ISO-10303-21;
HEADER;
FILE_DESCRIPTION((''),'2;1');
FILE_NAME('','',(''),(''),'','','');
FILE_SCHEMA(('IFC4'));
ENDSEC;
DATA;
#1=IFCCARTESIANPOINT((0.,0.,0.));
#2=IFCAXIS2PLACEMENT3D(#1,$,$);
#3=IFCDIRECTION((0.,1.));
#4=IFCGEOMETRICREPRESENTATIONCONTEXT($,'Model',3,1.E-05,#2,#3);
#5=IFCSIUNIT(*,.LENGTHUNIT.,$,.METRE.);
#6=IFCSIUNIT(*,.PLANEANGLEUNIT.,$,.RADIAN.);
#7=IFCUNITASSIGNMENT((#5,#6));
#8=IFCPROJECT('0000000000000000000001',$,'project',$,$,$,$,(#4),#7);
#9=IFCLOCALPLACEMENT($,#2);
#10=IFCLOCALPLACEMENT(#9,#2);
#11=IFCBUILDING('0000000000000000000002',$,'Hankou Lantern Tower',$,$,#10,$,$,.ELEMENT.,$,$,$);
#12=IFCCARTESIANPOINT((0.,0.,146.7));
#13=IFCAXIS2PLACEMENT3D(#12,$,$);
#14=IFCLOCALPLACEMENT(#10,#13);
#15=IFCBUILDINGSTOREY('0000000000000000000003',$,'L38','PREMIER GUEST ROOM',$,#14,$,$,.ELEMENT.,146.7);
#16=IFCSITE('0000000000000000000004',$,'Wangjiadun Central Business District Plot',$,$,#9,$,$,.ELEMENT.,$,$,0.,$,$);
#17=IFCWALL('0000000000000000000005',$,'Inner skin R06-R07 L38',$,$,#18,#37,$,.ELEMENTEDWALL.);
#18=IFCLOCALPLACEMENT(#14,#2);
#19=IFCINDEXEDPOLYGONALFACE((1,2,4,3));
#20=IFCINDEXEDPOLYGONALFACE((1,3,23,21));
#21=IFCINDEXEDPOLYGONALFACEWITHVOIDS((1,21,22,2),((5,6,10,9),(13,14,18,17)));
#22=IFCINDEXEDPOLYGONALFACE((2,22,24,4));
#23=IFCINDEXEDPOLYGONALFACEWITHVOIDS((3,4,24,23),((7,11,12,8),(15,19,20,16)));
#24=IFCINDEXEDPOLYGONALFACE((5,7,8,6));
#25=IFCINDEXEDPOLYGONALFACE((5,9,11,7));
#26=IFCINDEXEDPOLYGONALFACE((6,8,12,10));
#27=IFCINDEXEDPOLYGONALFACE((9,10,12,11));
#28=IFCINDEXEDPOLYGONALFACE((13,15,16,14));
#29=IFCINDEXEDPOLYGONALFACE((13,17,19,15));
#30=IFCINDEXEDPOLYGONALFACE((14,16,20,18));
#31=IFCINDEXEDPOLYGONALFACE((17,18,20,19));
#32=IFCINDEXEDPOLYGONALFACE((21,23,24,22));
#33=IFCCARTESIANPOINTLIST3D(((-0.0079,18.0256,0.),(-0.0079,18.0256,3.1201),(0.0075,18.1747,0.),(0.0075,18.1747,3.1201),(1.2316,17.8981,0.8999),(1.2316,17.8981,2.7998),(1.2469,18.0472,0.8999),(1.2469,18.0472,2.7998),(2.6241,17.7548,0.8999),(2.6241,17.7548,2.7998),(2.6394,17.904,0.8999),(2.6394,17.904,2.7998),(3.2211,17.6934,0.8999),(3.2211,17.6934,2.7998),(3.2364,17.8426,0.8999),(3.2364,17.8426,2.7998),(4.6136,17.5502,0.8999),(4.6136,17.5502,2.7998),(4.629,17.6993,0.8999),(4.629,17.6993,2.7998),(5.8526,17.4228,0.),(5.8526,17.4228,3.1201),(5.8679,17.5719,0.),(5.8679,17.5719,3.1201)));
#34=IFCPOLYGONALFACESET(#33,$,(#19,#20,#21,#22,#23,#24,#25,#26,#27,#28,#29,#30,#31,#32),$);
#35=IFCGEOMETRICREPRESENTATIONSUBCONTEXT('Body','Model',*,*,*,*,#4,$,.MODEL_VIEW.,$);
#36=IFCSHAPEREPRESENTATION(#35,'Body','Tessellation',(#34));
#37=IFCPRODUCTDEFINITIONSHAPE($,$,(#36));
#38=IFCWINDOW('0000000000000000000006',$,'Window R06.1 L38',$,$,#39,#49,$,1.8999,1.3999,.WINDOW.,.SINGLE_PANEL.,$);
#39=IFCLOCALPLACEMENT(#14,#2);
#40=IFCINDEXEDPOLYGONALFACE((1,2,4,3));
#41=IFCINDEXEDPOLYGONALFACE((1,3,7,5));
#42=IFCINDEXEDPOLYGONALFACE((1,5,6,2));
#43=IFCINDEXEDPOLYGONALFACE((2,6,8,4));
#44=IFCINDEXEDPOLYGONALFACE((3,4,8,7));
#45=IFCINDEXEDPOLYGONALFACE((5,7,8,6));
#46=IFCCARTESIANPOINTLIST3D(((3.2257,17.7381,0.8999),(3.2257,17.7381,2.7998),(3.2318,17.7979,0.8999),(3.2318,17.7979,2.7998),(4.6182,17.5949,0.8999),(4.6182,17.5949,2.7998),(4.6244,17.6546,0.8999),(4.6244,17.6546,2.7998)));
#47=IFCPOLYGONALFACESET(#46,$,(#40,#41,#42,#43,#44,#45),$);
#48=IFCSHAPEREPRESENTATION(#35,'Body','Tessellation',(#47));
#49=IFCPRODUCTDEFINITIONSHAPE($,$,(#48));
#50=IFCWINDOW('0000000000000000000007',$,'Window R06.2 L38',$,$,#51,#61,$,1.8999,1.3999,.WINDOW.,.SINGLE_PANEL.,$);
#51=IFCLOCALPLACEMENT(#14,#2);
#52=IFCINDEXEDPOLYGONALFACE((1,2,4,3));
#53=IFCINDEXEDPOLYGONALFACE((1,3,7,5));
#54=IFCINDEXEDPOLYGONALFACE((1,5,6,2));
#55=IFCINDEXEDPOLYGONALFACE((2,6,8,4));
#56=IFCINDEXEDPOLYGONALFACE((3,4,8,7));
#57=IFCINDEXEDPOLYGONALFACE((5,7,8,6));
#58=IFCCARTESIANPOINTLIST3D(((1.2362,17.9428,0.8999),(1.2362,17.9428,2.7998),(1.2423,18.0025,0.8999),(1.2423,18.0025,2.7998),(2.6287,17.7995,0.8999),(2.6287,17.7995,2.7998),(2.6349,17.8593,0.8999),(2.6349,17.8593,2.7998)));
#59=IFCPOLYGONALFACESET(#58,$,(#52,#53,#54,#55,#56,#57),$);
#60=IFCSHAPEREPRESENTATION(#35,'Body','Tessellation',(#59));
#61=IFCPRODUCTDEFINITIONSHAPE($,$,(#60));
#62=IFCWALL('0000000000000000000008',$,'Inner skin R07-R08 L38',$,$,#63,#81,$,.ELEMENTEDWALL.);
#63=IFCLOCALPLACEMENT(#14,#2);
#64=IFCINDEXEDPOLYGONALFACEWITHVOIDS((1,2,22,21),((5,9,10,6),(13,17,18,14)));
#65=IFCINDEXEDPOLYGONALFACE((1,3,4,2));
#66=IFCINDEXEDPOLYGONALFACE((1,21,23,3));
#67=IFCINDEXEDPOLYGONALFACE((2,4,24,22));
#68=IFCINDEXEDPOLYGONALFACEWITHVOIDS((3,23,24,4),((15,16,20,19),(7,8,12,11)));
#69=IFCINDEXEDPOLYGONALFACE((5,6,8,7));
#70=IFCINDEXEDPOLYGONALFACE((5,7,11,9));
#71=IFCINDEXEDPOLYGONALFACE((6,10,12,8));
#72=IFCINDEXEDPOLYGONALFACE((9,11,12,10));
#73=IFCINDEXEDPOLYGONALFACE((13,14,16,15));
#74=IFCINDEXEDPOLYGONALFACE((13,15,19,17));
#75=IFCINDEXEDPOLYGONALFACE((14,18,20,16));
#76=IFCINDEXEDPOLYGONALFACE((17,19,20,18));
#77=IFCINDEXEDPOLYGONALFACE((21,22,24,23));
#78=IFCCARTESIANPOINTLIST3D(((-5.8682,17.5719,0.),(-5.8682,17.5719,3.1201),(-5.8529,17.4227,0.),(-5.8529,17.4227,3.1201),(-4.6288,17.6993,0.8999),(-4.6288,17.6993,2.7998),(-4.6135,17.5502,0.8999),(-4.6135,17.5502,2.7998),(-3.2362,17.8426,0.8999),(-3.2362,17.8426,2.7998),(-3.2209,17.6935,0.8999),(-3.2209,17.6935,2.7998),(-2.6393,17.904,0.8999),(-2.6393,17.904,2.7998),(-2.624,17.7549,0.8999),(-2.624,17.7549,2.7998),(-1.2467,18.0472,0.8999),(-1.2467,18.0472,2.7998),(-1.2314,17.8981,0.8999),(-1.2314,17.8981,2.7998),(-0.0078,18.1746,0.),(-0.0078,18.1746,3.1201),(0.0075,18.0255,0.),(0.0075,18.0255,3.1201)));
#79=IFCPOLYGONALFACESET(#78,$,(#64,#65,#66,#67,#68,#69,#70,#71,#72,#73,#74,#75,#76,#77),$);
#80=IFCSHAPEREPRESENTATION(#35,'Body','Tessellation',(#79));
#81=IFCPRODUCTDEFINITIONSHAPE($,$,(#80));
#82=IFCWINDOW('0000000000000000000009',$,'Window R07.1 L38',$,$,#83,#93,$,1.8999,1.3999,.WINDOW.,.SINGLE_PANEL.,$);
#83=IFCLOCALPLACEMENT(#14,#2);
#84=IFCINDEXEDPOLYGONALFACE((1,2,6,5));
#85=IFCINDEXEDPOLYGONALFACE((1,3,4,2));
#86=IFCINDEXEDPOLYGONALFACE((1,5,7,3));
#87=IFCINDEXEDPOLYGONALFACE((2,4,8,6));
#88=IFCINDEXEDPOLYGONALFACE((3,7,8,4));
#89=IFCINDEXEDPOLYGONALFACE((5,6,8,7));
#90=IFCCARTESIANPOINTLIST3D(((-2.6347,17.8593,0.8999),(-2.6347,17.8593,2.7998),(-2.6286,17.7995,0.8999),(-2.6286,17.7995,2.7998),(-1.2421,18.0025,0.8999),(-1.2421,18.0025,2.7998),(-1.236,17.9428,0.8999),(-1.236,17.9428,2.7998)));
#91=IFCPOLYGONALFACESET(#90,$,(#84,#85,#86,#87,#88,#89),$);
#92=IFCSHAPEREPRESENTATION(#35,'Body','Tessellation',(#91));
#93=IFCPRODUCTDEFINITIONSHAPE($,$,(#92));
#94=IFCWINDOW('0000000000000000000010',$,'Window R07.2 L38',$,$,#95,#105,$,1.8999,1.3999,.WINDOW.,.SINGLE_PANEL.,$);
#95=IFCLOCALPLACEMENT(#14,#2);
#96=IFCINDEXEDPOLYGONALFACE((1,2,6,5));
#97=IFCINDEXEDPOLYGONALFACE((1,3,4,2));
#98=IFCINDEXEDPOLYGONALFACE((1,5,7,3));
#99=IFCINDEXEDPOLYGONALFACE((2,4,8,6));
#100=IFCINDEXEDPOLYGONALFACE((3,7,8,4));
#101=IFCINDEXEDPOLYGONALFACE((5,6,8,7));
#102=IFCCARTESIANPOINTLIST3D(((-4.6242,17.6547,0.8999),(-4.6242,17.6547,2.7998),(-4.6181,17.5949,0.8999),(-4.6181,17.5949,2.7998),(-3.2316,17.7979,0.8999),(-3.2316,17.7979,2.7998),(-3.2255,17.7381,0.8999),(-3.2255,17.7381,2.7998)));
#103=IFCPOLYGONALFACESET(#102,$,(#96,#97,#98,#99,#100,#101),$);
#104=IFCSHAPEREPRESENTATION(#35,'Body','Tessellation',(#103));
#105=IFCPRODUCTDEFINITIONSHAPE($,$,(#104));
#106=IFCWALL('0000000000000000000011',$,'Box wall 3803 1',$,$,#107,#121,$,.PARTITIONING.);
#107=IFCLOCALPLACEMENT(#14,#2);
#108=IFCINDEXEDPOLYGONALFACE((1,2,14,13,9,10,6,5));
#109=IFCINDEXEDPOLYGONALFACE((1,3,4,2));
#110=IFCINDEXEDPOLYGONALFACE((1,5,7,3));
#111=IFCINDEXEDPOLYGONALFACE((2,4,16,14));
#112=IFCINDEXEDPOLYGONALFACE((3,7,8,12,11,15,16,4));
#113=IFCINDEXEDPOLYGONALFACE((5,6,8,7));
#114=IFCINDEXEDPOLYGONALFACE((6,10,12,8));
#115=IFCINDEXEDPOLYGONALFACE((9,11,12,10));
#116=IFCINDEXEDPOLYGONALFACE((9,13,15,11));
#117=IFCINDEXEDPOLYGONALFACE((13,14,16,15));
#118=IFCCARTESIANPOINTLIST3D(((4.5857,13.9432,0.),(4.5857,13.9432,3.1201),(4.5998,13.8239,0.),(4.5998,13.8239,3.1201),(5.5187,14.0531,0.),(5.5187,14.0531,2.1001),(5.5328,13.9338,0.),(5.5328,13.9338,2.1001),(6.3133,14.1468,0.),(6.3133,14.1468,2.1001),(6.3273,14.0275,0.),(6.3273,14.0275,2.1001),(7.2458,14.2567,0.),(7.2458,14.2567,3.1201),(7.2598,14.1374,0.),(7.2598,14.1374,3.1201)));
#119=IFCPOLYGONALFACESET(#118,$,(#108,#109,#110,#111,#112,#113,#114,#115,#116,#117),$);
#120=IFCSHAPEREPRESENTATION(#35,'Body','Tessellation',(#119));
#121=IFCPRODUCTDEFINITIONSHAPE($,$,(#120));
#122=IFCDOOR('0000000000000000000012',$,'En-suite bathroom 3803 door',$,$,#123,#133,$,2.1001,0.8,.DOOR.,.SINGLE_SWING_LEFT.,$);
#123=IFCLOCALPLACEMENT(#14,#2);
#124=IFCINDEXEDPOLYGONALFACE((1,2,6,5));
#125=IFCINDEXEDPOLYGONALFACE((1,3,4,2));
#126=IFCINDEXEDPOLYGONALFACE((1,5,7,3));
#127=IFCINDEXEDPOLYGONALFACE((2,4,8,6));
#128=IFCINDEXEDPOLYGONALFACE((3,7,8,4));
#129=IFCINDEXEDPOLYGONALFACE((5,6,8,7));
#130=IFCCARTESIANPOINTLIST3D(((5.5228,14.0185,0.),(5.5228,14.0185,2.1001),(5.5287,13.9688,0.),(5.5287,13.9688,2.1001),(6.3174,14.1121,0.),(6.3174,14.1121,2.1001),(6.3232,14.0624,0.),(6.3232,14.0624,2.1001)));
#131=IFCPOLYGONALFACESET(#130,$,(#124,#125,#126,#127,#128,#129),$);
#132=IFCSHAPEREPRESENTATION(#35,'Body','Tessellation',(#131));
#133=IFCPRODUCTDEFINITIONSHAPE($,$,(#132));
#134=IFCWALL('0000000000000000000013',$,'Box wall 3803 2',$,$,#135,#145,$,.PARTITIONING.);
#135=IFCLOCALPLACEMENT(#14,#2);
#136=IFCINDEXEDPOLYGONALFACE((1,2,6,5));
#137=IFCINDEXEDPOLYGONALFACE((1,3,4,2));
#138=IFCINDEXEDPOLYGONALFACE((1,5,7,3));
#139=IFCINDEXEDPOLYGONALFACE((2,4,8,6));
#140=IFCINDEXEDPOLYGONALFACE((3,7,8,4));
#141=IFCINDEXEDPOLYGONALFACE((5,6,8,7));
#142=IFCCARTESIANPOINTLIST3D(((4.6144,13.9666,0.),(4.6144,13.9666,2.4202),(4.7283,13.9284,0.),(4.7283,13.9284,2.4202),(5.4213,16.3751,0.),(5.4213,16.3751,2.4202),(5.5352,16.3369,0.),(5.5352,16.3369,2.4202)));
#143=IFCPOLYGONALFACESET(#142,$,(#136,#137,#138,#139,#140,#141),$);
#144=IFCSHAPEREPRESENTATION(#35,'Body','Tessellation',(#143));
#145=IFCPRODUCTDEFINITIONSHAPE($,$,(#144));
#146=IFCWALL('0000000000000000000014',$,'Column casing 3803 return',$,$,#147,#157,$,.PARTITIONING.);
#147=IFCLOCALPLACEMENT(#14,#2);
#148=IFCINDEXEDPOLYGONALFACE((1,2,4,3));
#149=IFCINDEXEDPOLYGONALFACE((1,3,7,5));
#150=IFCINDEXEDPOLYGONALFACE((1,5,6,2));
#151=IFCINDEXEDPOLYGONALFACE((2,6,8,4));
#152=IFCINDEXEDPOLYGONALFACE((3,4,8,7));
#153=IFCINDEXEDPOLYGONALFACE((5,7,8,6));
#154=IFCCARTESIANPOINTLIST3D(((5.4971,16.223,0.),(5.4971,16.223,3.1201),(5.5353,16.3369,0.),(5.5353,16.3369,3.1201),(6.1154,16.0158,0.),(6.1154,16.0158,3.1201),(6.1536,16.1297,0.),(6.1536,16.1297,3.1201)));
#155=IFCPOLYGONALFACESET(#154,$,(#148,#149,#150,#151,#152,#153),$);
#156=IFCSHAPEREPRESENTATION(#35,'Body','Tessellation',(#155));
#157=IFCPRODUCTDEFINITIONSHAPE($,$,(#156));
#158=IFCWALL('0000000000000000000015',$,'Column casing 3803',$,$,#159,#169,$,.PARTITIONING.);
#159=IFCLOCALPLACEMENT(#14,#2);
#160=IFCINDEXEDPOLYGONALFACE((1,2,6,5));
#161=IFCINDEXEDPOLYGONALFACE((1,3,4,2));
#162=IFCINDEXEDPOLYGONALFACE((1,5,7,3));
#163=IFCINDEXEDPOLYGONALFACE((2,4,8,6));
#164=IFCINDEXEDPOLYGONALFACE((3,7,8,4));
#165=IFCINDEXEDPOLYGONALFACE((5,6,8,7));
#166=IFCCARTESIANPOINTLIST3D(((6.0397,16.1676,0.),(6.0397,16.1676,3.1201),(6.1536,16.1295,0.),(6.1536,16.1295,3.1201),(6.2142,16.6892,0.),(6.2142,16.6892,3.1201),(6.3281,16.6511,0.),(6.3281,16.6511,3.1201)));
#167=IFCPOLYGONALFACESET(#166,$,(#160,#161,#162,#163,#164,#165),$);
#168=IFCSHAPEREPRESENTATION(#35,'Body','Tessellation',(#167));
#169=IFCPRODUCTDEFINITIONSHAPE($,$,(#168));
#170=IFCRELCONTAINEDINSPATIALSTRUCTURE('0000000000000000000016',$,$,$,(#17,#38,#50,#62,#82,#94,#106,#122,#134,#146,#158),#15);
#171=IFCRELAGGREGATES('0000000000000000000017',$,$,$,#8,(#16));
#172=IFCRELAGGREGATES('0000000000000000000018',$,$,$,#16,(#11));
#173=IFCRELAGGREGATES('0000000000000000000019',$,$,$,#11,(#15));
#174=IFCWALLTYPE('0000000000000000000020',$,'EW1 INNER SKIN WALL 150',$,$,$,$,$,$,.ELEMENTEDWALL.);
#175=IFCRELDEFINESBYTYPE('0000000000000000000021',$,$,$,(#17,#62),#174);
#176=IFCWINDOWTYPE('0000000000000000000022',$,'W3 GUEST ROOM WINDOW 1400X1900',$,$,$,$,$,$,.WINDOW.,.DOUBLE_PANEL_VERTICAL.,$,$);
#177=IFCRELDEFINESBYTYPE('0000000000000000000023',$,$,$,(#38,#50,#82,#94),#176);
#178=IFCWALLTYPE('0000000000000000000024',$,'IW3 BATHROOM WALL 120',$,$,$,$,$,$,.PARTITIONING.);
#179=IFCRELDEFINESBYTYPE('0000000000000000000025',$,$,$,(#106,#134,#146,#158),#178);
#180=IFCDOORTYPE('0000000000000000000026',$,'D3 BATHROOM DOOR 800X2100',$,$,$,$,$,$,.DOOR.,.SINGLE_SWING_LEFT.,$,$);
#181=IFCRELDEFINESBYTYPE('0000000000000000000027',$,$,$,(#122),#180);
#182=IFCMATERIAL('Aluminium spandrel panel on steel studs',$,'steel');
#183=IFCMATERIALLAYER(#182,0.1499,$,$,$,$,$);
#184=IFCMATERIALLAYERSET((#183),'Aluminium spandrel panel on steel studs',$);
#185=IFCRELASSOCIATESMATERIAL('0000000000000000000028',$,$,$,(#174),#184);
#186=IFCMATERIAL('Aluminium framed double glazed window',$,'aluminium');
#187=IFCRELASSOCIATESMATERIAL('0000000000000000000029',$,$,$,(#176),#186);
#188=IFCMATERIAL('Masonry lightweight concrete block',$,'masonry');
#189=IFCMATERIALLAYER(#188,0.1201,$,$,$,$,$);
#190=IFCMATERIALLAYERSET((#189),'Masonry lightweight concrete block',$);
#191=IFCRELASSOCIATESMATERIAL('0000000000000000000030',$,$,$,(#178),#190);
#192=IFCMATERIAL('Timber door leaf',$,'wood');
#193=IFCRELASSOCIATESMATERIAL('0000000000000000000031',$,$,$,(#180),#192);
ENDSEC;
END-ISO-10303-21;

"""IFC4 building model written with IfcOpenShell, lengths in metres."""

from ifc_helpers import new_model, si_unit, direction, frame, frame_2d, origin, place, context, subcontext, project, spatial, rectangle, extrude, material, layer, layer_set, type_object, element, fill, save


model = new_model("IFC4")

# Units and contexts
model_context = context("Model", 3, precision=1e-05, world=origin(), true_north=direction((0.0, 1.0)))
body_context = subcontext(model_context, "Body", "Model", "MODEL_VIEW")
ifc_project = project(units=[si_unit("LENGTHUNIT", "METRE"), si_unit("PLANEANGLEUNIT", "RADIAN")], contexts=[model_context])

# Site, building, storey
site_placement = place(None, origin())
site = spatial("IfcSite", under=ifc_project, at=site_placement, Name="Wangjiadun Central Business District Plot", CompositionType="ELEMENT", RefElevation=0.0)
building_placement = place(site_placement, origin())
building = spatial("IfcBuilding", under=site, at=building_placement, Name="Hankou Lantern Tower", CompositionType="ELEMENT")
storey_placement = place(building_placement, frame((0.0, 0.0, 146.7)))
storey = spatial("IfcBuildingStorey", under=building, at=storey_placement, Name="L38", Description="PREMIER GUEST ROOM", CompositionType="ELEMENT", Elevation=146.7)

# Walls, openings, windows
ifc_material_1 = material(Name="Aluminium spandrel panel on steel studs", Category="steel")
ifc_layer_1 = layer(ifc_material_1, 0.1499)
ifc_layer_set_1 = layer_set([ifc_layer_1], Name="Aluminium spandrel panel on steel studs")
wall_type_1 = type_object("IfcWallType", Name="EW1 INNER SKIN WALL 150", PredefinedType="ELEMENTEDWALL", material=ifc_layer_set_1)
ifc_material_2 = material(Name="Aluminium framed double glazed window", Category="aluminium")
window_type = type_object("IfcWindowType", Name="W3 GUEST ROOM WINDOW 1400X1900", PartitioningType="DOUBLE_PANEL_VERTICAL", PredefinedType="WINDOW", material=ifc_material_2)
wall_1_placement = place(storey_placement, frame((5.8604, 17.4973, 0.0), z_axis=(0.0, 0.0, 1.0), x_axis=(-0.994752, 0.102318, 0.0)))
wall_1 = element("IfcWall", 1, at=wall_1_placement, inside=storey, type_object=wall_type_1, Name="Inner skin R06-R07 L38", PredefinedType="ELEMENTEDWALL", context=body_context, shape_type="SweptSolid", body=[
    extrude(rectangle(XDim=5.8914, YDim=0.1499, at=frame_2d((2.9458, 0.0))), origin(), (0.0, 0.0, 1.0), 3.1201),
])
opening_1_placement = place(wall_1_placement, frame((1.2456, 0.0, 0.8999)))
opening_1 = element("IfcOpeningElement", 2, at=opening_1_placement, cuts=wall_1, PredefinedType="OPENING", context=body_context, shape_type="SweptSolid", body=[
    extrude(rectangle(XDim=1.3999, YDim=1.8999, at=frame_2d((0.7, 0.95))), frame((0.0, 0.085, 0.0), z_axis=(0.0, -1.0, 0.0), x_axis=(1.0, 0.0, 0.0)), (0.0, 0.0, 1.0), 0.1699),
])
opening_2_placement = place(wall_1_placement, frame((3.2456, 0.0, 0.8999)))
opening_2 = element("IfcOpeningElement", 3, at=opening_2_placement, cuts=wall_1, PredefinedType="OPENING", context=body_context, shape_type="SweptSolid", body=[
    extrude(rectangle(XDim=1.3999, YDim=1.8999, at=frame_2d((0.7, 0.95))), frame((0.0, 0.085, 0.0), z_axis=(0.0, -1.0, 0.0), x_axis=(1.0, 0.0, 0.0)), (0.0, 0.0, 1.0), 0.1699),
])
window_1_placement = place(opening_1_placement, origin())
window_1 = element("IfcWindow", 4, at=window_1_placement, inside=storey, type_object=window_type, Name="Window R06.1 L38", OverallHeight=1.8999, OverallWidth=1.3999, PartitioningType="SINGLE_PANEL", PredefinedType="WINDOW", context=body_context, shape_type="SweptSolid", body=[
    extrude(rectangle(XDim=1.3999, YDim=1.8999, at=frame_2d((0.7, 0.95))), frame((0.0, 0.03, 0.0), z_axis=(0.0, -1.0, 0.0), x_axis=(1.0, 0.0, 0.0)), (0.0, 0.0, 1.0), 0.0601),
])
fill(opening_1, window_1)
window_2_placement = place(opening_2_placement, origin())
window_2 = element("IfcWindow", 5, at=window_2_placement, inside=storey, type_object=window_type, Name="Window R06.2 L38", OverallHeight=1.8999, OverallWidth=1.3999, PartitioningType="SINGLE_PANEL", PredefinedType="WINDOW", context=body_context, shape_type="SweptSolid", body=[
    extrude(rectangle(XDim=1.3999, YDim=1.8999, at=frame_2d((0.7, 0.95))), frame((0.0, 0.03, 0.0), z_axis=(0.0, -1.0, 0.0), x_axis=(1.0, 0.0, 0.0)), (0.0, 0.0, 1.0), 0.0601),
])
fill(opening_2, window_2)
wall_2_placement = place(storey_placement, frame((0.0, 18.1001, 0.0), z_axis=(0.0, 0.0, 1.0), x_axis=(-0.994752, -0.102318, 0.0)))
wall_2 = element("IfcWall", 6, at=wall_2_placement, inside=storey, type_object=wall_type_1, Name="Inner skin R07-R08 L38", PredefinedType="ELEMENTEDWALL", context=body_context, shape_type="SweptSolid", body=[
    extrude(rectangle(XDim=5.8914, YDim=0.1499, at=frame_2d((2.9458, 0.0))), origin(), (0.0, 0.0, 1.0), 3.1201),
])
opening_3_placement = place(wall_2_placement, frame((1.2456, 0.0, 0.8999)))
opening_3 = element("IfcOpeningElement", 7, at=opening_3_placement, cuts=wall_2, PredefinedType="OPENING", context=body_context, shape_type="SweptSolid", body=[
    extrude(rectangle(XDim=1.3999, YDim=1.8999, at=frame_2d((0.7, 0.95))), frame((0.0, 0.085, 0.0), z_axis=(0.0, -1.0, 0.0), x_axis=(1.0, 0.0, 0.0)), (0.0, 0.0, 1.0), 0.1699),
])
opening_4_placement = place(wall_2_placement, frame((3.2456, 0.0, 0.8999)))
opening_4 = element("IfcOpeningElement", 8, at=opening_4_placement, cuts=wall_2, PredefinedType="OPENING", context=body_context, shape_type="SweptSolid", body=[
    extrude(rectangle(XDim=1.3999, YDim=1.8999, at=frame_2d((0.7, 0.95))), frame((0.0, 0.085, 0.0), z_axis=(0.0, -1.0, 0.0), x_axis=(1.0, 0.0, 0.0)), (0.0, 0.0, 1.0), 0.1699),
])
window_3_placement = place(opening_3_placement, origin())
window_3 = element("IfcWindow", 9, at=window_3_placement, inside=storey, type_object=window_type, Name="Window R07.1 L38", OverallHeight=1.8999, OverallWidth=1.3999, PartitioningType="SINGLE_PANEL", PredefinedType="WINDOW", context=body_context, shape_type="SweptSolid", body=[
    extrude(rectangle(XDim=1.3999, YDim=1.8999, at=frame_2d((0.7, 0.95))), frame((0.0, 0.03, 0.0), z_axis=(0.0, -1.0, 0.0), x_axis=(1.0, 0.0, 0.0)), (0.0, 0.0, 1.0), 0.0601),
])
fill(opening_3, window_3)
window_4_placement = place(opening_4_placement, origin())
window_4 = element("IfcWindow", 10, at=window_4_placement, inside=storey, type_object=window_type, Name="Window R07.2 L38", OverallHeight=1.8999, OverallWidth=1.3999, PartitioningType="SINGLE_PANEL", PredefinedType="WINDOW", context=body_context, shape_type="SweptSolid", body=[
    extrude(rectangle(XDim=1.3999, YDim=1.8999, at=frame_2d((0.7, 0.95))), frame((0.0, 0.03, 0.0), z_axis=(0.0, -1.0, 0.0), x_axis=(1.0, 0.0, 0.0)), (0.0, 0.0, 1.0), 0.0601),
])
fill(opening_4, window_4)

# Wall, opening, door
ifc_material_3 = material(Name="Masonry lightweight concrete block", Category="masonry")
ifc_layer_2 = layer(ifc_material_3, 0.1201)
ifc_layer_set_2 = layer_set([ifc_layer_2], Name="Masonry lightweight concrete block")
wall_type_2 = type_object("IfcWallType", Name="IW3 BATHROOM WALL 120", PredefinedType="PARTITIONING", material=ifc_layer_set_2)
wall_3_placement = place(storey_placement, frame((7.2529, 14.197, 0.0), z_axis=(0.0, 0.0, 1.0), x_axis=(-0.993128, -0.117032, 0.0)))
wall_3 = element("IfcWall", 11, at=wall_3_placement, inside=storey, type_object=wall_type_2, Name="Box wall 3803 1", PredefinedType="PARTITIONING", context=body_context, shape_type="SweptSolid", body=[
    extrude(rectangle(XDim=2.6785, YDim=0.1201, at=frame_2d((1.3394, 0.0))), origin(), (0.0, 0.0, 1.0), 3.1201),
])
opening_5_placement = place(wall_3_placement, frame((0.9392, 0.0, 0.0)))
opening_5 = element("IfcOpeningElement", 12, at=opening_5_placement, cuts=wall_3, PredefinedType="OPENING", context=body_context, shape_type="SweptSolid", body=[
    extrude(rectangle(XDim=0.8, YDim=2.1001, at=frame_2d((0.3999, 1.05))), frame((0.0, 0.0701, 0.0), z_axis=(0.0, -1.0, 0.0), x_axis=(1.0, 0.0, 0.0)), (0.0, 0.0, 1.0), 0.1401),
])
ifc_material_4 = material(Name="Timber door leaf", Category="wood")
door_type = type_object("IfcDoorType", Name="D3 BATHROOM DOOR 800X2100", OperationType="SINGLE_SWING_LEFT", PredefinedType="DOOR", material=ifc_material_4)
door_placement = place(opening_5_placement, origin())
door = element("IfcDoor", 13, at=door_placement, inside=storey, type_object=door_type, Name="En-suite bathroom 3803 door", OperationType="SINGLE_SWING_LEFT", OverallHeight=2.1001, OverallWidth=0.8, PredefinedType="DOOR", context=body_context, shape_type="SweptSolid", body=[
    extrude(rectangle(XDim=0.8, YDim=2.1001, at=frame_2d((0.3999, 1.05))), frame((0.0, 0.0249, 0.0), z_axis=(0.0, -1.0, 0.0), x_axis=(1.0, 0.0, 0.0)), (0.0, 0.0, 1.0), 0.05),
])
fill(opening_5, door)

# Walls
wall_4_placement = place(storey_placement, frame((4.6714, 13.9475, 0.0), z_axis=(0.0, 0.0, 1.0), x_axis=(0.317669, 0.948202, 0.0)))
element("IfcWall", 14, at=wall_4_placement, inside=storey, type_object=wall_type_2, Name="Box wall 3803 2", PredefinedType="PARTITIONING", context=body_context, shape_type="SweptSolid", body=[
    extrude(rectangle(XDim=2.54, YDim=0.1201, at=frame_2d((1.27, 0.0))), origin(), (0.0, 0.0, 1.0), 2.4202),
])
wall_5_placement = place(storey_placement, frame((5.5161, 16.28, 0.0), z_axis=(0.0, 0.0, 1.0), x_axis=(0.948158, -0.317799, 0.0)))
element("IfcWall", 15, at=wall_5_placement, inside=storey, type_object=wall_type_2, Name="Column casing 3803 return", PredefinedType="PARTITIONING", context=body_context, shape_type="SweptSolid", body=[
    extrude(rectangle(XDim=0.6521, YDim=0.1201, at=frame_2d((0.3262, 0.0))), origin(), (0.0, 0.0, 1.0), 3.1201),
])
wall_6_placement = place(storey_placement, frame((6.0967, 16.1487, 0.0), z_axis=(0.0, 0.0, 1.0), x_axis=(0.317293, 0.948328, 0.0)))
element("IfcWall", 16, at=wall_6_placement, inside=storey, type_object=wall_type_2, Name="Column casing 3803", PredefinedType="PARTITIONING", context=body_context, shape_type="SweptSolid", body=[
    extrude(rectangle(XDim=0.55, YDim=0.1201, at=frame_2d((0.2749, 0.0))), origin(), (0.0, 0.0, 1.0), 3.1201),
])

save(model, "model.ifc")
